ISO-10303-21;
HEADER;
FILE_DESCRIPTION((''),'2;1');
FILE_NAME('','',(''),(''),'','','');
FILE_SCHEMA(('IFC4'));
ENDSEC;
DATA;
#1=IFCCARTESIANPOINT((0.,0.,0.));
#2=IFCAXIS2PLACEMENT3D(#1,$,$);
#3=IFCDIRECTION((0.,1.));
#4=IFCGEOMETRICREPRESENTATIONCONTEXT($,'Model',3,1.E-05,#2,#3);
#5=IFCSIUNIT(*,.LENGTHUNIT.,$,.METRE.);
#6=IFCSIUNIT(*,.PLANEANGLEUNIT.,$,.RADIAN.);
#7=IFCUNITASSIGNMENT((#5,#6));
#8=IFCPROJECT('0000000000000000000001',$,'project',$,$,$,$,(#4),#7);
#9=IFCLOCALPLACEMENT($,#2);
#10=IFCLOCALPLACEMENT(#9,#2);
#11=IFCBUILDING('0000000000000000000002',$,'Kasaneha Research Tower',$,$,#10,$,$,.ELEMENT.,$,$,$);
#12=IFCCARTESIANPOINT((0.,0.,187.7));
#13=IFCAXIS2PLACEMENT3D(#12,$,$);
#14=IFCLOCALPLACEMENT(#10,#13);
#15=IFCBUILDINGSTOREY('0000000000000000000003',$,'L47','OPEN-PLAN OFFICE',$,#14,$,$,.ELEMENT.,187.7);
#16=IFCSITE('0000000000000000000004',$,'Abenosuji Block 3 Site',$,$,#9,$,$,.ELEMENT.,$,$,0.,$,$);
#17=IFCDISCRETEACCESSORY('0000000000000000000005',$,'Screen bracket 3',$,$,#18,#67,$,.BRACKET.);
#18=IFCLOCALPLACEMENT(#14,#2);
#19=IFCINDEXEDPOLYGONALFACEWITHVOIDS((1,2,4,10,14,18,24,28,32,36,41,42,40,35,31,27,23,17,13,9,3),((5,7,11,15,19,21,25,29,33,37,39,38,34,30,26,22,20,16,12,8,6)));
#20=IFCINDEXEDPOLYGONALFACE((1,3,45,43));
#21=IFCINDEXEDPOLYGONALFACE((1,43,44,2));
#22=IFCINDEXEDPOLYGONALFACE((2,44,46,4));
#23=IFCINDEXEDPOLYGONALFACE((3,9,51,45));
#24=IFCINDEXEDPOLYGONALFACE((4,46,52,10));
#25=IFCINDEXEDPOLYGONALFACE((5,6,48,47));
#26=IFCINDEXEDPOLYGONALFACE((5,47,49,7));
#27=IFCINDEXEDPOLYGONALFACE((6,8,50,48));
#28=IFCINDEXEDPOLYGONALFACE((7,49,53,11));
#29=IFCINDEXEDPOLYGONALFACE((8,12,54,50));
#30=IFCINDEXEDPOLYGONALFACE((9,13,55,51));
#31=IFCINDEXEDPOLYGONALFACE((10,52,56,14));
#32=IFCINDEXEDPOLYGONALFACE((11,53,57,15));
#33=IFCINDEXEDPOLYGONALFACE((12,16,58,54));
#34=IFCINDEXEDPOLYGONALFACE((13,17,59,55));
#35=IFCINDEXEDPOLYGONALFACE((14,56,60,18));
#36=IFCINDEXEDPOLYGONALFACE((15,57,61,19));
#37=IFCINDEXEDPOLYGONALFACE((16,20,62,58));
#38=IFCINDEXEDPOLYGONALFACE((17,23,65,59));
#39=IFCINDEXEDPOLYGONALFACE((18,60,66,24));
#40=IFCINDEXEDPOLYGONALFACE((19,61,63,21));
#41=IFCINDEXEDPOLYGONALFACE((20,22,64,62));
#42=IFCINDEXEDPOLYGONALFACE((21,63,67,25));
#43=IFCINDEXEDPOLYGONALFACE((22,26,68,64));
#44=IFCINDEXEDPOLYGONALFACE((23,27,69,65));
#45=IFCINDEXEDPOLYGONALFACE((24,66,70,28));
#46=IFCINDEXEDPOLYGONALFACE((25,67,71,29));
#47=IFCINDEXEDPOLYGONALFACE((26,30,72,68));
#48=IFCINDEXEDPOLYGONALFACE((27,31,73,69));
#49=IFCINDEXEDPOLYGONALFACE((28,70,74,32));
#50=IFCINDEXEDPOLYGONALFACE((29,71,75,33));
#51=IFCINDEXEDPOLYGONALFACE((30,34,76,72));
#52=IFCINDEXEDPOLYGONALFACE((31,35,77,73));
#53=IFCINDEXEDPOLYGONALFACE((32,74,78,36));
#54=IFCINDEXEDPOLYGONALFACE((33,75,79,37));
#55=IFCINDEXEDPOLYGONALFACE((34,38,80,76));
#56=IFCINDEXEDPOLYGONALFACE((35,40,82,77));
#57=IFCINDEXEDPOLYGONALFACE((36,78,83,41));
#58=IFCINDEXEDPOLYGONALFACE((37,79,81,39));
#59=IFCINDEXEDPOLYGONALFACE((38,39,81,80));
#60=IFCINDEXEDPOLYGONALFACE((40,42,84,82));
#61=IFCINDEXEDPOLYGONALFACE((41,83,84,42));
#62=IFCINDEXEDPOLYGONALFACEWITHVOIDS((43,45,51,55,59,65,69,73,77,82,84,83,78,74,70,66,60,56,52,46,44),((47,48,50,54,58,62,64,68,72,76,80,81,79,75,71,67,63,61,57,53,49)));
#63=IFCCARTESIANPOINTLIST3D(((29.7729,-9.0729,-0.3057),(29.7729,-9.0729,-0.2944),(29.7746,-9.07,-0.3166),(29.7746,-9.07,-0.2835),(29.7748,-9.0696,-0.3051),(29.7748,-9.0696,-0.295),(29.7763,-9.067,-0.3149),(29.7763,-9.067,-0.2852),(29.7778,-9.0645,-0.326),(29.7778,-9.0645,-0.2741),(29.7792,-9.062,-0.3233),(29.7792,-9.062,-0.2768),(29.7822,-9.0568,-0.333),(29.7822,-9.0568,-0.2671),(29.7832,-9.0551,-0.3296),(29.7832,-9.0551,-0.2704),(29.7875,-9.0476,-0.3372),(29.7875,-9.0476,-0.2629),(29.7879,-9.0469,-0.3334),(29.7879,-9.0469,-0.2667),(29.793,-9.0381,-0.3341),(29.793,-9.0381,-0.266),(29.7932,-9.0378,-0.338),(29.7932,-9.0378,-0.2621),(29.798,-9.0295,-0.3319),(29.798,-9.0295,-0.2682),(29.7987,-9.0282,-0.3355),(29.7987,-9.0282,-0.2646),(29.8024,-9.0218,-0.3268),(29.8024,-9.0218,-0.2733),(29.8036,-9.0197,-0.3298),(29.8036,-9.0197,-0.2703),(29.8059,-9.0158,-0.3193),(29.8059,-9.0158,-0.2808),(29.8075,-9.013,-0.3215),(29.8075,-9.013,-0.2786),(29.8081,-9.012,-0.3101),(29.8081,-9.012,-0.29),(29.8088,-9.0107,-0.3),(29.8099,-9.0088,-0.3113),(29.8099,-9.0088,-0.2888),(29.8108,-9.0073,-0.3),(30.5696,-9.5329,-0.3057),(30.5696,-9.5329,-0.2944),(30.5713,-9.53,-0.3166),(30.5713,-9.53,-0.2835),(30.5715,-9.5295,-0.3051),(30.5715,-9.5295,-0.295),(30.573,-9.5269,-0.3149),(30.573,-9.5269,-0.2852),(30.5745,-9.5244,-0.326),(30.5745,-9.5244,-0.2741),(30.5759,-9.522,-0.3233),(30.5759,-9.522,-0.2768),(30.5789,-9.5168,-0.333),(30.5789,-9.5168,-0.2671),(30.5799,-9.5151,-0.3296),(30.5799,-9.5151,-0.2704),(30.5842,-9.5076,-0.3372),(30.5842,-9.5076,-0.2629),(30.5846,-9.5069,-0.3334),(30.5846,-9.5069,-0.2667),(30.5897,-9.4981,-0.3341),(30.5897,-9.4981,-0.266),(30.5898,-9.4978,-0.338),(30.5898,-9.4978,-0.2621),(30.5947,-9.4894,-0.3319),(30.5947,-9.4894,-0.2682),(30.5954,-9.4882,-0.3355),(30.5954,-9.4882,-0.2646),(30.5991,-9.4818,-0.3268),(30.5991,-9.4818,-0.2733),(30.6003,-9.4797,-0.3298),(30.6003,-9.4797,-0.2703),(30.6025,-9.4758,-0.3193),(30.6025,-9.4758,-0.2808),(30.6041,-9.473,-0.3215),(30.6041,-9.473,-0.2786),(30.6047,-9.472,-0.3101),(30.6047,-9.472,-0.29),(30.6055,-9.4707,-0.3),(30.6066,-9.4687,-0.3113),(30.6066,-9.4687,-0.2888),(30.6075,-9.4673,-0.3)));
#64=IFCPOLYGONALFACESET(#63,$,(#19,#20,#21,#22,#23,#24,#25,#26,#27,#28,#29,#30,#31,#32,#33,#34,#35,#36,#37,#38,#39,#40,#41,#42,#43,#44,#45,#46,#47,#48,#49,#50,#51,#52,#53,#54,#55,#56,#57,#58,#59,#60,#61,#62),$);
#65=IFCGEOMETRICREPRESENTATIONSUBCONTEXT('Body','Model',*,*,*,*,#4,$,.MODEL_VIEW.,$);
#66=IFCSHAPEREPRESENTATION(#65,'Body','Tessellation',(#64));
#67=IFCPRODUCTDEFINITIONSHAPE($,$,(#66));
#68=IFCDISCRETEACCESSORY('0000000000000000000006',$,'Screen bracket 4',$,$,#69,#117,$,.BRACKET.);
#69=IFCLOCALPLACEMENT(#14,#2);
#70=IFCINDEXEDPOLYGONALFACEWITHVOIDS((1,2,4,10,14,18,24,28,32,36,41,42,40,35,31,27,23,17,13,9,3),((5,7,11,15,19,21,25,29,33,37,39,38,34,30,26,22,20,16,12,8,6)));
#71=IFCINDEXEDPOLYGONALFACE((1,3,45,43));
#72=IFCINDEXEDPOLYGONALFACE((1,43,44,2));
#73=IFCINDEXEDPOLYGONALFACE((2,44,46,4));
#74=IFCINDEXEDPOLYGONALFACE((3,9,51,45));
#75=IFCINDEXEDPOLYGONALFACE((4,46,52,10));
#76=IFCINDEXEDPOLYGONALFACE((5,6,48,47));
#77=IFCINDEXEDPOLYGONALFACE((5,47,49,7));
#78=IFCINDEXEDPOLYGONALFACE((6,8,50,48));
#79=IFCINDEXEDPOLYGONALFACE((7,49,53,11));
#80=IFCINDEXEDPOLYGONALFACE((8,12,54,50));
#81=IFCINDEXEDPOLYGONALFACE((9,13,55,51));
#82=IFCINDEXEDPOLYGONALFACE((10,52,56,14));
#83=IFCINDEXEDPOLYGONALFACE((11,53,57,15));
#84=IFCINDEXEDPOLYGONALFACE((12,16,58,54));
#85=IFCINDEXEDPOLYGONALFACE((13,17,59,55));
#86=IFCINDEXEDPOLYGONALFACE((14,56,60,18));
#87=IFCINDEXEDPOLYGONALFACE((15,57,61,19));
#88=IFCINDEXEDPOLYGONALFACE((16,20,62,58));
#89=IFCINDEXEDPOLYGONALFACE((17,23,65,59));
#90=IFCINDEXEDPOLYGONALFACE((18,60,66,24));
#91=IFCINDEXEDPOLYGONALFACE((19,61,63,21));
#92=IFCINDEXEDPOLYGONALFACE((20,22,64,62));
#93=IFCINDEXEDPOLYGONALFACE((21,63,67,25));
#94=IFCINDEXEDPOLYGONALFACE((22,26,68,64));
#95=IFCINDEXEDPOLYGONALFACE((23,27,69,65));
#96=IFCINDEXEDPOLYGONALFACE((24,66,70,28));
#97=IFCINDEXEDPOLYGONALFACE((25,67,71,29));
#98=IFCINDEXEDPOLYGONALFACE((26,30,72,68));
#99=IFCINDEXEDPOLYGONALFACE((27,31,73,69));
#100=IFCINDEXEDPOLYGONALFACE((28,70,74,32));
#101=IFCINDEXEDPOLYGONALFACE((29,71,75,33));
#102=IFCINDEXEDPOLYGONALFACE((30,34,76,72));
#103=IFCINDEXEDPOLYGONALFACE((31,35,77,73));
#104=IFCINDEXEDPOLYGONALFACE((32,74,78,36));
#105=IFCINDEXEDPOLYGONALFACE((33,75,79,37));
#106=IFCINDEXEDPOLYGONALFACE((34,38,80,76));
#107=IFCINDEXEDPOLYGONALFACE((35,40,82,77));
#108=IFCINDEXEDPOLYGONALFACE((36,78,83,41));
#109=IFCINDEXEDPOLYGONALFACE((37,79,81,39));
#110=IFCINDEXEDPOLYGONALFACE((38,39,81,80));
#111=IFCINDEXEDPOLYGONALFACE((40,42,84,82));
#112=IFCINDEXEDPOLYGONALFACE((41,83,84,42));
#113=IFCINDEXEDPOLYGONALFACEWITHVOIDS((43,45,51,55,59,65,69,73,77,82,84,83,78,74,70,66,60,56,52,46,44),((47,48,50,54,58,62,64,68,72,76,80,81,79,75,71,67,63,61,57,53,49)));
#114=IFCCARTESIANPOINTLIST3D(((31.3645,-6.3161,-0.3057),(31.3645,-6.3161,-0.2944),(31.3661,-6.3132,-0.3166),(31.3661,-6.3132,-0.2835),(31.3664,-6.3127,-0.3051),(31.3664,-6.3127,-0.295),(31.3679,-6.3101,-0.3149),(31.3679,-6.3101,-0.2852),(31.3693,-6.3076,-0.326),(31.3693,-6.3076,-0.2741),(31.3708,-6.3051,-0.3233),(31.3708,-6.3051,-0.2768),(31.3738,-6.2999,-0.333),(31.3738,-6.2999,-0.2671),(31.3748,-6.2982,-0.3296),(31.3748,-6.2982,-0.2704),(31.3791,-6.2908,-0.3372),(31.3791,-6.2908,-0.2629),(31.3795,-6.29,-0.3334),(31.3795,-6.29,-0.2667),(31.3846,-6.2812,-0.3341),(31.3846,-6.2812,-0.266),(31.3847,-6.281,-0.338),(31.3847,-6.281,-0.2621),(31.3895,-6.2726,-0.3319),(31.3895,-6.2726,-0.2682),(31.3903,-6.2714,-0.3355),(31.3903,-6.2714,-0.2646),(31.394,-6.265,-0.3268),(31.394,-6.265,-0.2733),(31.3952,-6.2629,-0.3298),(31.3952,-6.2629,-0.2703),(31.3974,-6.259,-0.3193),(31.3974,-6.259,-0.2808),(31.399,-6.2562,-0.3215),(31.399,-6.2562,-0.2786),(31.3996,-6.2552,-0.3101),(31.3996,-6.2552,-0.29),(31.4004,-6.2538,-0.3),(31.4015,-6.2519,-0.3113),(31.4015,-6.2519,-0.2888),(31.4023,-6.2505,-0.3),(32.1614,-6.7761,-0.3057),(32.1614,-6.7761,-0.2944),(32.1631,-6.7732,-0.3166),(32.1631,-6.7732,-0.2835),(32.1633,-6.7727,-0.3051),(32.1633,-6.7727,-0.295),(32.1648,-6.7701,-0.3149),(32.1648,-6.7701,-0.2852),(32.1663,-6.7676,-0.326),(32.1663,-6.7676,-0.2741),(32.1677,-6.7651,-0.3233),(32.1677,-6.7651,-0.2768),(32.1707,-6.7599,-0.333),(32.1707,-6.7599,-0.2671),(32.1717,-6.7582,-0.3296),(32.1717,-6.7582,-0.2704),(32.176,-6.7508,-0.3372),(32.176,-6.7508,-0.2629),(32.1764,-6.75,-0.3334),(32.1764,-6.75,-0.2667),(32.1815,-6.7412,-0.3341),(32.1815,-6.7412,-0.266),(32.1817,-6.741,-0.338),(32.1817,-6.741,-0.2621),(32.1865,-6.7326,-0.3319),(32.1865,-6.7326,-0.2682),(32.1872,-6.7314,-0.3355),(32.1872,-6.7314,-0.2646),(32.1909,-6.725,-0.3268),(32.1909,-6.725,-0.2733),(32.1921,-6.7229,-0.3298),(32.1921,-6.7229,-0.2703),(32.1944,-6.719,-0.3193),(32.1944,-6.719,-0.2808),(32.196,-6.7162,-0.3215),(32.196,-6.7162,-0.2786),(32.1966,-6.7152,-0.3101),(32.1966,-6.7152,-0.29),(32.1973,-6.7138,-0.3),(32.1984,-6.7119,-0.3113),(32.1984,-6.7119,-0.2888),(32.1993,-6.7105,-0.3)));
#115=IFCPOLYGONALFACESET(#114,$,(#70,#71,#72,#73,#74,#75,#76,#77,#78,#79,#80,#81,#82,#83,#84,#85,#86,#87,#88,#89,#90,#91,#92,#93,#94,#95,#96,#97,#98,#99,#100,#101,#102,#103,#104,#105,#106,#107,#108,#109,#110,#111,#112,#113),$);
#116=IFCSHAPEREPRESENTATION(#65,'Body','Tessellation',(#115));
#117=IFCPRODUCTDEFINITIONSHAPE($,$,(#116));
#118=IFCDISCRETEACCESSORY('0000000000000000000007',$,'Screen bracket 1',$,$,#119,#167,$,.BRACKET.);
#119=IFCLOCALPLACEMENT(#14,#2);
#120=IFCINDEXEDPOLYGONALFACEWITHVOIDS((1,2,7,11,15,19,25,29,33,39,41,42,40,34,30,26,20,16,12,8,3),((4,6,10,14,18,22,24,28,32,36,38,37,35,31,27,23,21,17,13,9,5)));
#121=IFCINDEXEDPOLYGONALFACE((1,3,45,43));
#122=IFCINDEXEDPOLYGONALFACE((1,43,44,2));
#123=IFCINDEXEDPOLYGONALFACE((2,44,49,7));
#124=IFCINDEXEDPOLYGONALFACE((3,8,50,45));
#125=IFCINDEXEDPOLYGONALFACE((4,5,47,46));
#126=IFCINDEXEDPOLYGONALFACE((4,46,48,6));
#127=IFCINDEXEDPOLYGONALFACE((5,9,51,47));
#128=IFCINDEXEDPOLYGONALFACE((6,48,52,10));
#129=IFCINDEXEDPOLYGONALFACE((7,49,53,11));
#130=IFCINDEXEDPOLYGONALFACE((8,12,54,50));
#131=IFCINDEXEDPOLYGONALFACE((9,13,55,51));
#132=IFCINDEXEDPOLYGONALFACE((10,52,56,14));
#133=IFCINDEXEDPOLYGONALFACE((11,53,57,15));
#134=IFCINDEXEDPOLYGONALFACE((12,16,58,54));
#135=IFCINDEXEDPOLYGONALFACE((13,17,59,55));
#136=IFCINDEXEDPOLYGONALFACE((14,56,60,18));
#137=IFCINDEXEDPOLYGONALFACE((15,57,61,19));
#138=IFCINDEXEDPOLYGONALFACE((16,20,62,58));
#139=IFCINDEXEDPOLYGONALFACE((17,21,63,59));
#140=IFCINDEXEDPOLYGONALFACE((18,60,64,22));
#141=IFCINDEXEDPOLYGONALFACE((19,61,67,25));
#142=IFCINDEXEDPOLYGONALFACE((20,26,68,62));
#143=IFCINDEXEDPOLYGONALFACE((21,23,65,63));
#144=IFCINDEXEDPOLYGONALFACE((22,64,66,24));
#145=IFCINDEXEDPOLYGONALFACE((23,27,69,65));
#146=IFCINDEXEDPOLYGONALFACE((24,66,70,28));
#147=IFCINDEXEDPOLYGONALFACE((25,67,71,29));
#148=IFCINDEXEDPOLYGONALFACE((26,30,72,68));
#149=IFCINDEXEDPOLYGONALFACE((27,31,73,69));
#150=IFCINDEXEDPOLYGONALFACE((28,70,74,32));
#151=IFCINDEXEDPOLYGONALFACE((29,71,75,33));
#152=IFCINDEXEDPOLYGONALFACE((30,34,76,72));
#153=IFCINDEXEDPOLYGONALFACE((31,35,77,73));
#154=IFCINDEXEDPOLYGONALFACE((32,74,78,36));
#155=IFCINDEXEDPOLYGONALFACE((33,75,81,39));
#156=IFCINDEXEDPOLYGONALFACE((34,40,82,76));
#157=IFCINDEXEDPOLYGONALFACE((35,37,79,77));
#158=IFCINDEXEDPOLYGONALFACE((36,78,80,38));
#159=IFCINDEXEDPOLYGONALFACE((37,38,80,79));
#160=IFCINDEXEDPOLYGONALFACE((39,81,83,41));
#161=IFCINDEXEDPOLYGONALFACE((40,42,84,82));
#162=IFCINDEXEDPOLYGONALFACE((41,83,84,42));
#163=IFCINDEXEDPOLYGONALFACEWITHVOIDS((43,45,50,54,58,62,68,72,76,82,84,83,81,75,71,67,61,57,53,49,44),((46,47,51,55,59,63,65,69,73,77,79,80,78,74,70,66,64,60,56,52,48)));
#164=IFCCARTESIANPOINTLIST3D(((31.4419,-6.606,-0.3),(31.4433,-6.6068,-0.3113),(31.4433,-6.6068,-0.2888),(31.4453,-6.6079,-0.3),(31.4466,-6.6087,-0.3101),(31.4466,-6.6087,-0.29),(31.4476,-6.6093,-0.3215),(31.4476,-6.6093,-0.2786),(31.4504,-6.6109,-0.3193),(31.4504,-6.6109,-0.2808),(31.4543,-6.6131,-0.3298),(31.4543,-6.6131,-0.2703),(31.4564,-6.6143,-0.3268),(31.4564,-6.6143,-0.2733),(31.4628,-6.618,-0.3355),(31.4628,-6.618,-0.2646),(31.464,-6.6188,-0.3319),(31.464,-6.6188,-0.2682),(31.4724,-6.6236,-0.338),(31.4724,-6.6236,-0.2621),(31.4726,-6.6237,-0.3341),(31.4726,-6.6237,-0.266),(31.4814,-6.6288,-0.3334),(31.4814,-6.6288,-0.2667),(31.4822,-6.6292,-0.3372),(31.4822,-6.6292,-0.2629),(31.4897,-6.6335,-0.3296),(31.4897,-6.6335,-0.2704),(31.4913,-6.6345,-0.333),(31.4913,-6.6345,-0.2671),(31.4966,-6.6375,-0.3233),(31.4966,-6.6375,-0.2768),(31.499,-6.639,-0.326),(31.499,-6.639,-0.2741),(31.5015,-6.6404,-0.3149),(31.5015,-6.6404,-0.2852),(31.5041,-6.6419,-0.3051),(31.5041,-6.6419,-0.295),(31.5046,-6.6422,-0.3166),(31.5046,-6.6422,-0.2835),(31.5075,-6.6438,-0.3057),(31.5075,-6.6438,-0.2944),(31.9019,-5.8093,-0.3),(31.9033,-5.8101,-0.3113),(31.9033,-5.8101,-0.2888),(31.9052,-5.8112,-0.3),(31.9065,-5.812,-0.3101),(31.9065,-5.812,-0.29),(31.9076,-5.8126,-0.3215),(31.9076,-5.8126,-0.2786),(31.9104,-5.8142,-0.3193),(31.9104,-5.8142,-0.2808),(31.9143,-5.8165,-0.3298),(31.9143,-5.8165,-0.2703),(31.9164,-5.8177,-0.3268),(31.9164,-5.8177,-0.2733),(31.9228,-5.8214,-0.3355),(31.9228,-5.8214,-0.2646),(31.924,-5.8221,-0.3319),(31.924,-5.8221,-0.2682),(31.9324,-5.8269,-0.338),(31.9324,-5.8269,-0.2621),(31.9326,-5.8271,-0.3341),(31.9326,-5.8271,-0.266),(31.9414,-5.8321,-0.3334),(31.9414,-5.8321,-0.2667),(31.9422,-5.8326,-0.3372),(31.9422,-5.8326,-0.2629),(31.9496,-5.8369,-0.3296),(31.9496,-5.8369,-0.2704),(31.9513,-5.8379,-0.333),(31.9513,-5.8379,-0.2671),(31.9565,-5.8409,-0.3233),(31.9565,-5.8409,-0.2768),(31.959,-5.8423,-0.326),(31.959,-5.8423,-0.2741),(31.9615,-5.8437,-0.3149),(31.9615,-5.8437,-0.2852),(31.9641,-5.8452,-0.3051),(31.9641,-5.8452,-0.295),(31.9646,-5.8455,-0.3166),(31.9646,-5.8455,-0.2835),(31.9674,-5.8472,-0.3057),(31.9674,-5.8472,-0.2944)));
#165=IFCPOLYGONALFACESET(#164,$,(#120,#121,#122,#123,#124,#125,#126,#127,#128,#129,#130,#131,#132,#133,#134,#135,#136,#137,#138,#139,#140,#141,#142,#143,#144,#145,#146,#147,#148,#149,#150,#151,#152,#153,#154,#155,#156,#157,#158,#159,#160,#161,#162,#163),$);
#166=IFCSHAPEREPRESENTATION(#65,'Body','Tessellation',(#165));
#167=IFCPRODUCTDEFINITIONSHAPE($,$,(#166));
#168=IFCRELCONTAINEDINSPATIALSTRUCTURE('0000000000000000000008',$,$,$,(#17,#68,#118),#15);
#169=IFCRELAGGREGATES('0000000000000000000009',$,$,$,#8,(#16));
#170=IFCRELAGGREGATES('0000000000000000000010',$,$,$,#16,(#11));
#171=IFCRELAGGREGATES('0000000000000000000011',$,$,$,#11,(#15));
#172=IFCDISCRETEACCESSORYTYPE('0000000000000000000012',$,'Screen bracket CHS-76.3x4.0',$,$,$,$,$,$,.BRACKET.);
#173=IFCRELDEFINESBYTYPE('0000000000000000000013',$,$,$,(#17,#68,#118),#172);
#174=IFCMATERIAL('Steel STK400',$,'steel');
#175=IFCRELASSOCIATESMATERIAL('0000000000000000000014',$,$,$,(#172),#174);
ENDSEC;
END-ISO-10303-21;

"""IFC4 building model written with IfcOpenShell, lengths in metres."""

from ifc_helpers import new_model, si_unit, direction, frame, origin, origin_2d, place, context, subcontext, project, spatial, hollow_circle, extrude, material, material_profile, profile_set, type_object, element, save


model = new_model("IFC4")

# Units and contexts
model_context = context("Model", 3, precision=1e-05, world=origin(), true_north=direction((0.0, 1.0)))
body_context = subcontext(model_context, "Body", "Model", "MODEL_VIEW")
ifc_project = project(units=[si_unit("LENGTHUNIT", "METRE"), si_unit("PLANEANGLEUNIT", "RADIAN")], contexts=[model_context])

# Site, building, storey
site_placement = place(None, origin())
site = spatial("IfcSite", under=ifc_project, at=site_placement, Name="Abenosuji Block 3 Site", CompositionType="ELEMENT", RefElevation=0.0)
building_placement = place(site_placement, origin())
building = spatial("IfcBuilding", under=site, at=building_placement, Name="Kasaneha Research Tower", CompositionType="ELEMENT")
storey_placement = place(building_placement, frame((0.0, 0.0, 187.7)))
storey = spatial("IfcBuildingStorey", under=building, at=storey_placement, Name="L47", Description="OPEN-PLAN OFFICE", CompositionType="ELEMENT", Elevation=187.7)

# Discrete accessories
ifc_material_1 = material(Name="Steel STK400", Category="steel")
ifc_material_profile_1 = material_profile(ifc_material_1, hollow_circle(Radius=0.0381, WallThickness=0.0039, at=origin_2d()), Name="CHS-76.3x4.0")
ifc_profile_set_1 = profile_set([ifc_material_profile_1], Name="Steel STK400")
discrete_accessory_type = type_object("IfcDiscreteAccessoryType", Name="Screen bracket CHS-76.3x4.0", PredefinedType="BRACKET", material=ifc_profile_set_1)
discrete_accessory_1_placement = place(storey_placement, frame((29.7917, -9.0403, -0.3), z_axis=(0.866013, -0.500021, 0.0), x_axis=(0.500021, 0.866013, 0.0)))
element("IfcDiscreteAccessory", 1, at=discrete_accessory_1_placement, inside=storey, type_object=discrete_accessory_type, Name="Screen bracket 3", PredefinedType="BRACKET", context=body_context, shape_type="SweptSolid", body=[
    extrude(hollow_circle(Radius=0.0381, WallThickness=0.0039, at=origin_2d()), origin(), (0.0, 0.0, 1.0), 0.9199),
])
discrete_accessory_2_placement = place(storey_placement, frame((31.3833, -6.2834, -0.3), z_axis=(0.86608, -0.499906, 0.0), x_axis=(0.499906, 0.86608, 0.0)))
element("IfcDiscreteAccessory", 2, at=discrete_accessory_2_placement, inside=storey, type_object=discrete_accessory_type, Name="Screen bracket 4", PredefinedType="BRACKET", context=body_context, shape_type="SweptSolid", body=[
    extrude(hollow_circle(Radius=0.0381, WallThickness=0.0039, at=origin_2d()), origin(), (0.0, 0.0, 1.0), 0.9202),
])
discrete_accessory_3_placement = place(storey_placement, frame((31.4749, -6.625, -0.3), z_axis=(0.500021, 0.866013, 0.0), x_axis=(-0.866013, 0.500021, 0.0)))
element("IfcDiscreteAccessory", 3, at=discrete_accessory_3_placement, inside=storey, type_object=discrete_accessory_type, Name="Screen bracket 1", PredefinedType="BRACKET", context=body_context, shape_type="SweptSolid", body=[
    extrude(hollow_circle(Radius=0.0381, WallThickness=0.0039, at=origin_2d()), origin(), (0.0, 0.0, 1.0), 0.9199),
])

save(model, "model.ifc")
